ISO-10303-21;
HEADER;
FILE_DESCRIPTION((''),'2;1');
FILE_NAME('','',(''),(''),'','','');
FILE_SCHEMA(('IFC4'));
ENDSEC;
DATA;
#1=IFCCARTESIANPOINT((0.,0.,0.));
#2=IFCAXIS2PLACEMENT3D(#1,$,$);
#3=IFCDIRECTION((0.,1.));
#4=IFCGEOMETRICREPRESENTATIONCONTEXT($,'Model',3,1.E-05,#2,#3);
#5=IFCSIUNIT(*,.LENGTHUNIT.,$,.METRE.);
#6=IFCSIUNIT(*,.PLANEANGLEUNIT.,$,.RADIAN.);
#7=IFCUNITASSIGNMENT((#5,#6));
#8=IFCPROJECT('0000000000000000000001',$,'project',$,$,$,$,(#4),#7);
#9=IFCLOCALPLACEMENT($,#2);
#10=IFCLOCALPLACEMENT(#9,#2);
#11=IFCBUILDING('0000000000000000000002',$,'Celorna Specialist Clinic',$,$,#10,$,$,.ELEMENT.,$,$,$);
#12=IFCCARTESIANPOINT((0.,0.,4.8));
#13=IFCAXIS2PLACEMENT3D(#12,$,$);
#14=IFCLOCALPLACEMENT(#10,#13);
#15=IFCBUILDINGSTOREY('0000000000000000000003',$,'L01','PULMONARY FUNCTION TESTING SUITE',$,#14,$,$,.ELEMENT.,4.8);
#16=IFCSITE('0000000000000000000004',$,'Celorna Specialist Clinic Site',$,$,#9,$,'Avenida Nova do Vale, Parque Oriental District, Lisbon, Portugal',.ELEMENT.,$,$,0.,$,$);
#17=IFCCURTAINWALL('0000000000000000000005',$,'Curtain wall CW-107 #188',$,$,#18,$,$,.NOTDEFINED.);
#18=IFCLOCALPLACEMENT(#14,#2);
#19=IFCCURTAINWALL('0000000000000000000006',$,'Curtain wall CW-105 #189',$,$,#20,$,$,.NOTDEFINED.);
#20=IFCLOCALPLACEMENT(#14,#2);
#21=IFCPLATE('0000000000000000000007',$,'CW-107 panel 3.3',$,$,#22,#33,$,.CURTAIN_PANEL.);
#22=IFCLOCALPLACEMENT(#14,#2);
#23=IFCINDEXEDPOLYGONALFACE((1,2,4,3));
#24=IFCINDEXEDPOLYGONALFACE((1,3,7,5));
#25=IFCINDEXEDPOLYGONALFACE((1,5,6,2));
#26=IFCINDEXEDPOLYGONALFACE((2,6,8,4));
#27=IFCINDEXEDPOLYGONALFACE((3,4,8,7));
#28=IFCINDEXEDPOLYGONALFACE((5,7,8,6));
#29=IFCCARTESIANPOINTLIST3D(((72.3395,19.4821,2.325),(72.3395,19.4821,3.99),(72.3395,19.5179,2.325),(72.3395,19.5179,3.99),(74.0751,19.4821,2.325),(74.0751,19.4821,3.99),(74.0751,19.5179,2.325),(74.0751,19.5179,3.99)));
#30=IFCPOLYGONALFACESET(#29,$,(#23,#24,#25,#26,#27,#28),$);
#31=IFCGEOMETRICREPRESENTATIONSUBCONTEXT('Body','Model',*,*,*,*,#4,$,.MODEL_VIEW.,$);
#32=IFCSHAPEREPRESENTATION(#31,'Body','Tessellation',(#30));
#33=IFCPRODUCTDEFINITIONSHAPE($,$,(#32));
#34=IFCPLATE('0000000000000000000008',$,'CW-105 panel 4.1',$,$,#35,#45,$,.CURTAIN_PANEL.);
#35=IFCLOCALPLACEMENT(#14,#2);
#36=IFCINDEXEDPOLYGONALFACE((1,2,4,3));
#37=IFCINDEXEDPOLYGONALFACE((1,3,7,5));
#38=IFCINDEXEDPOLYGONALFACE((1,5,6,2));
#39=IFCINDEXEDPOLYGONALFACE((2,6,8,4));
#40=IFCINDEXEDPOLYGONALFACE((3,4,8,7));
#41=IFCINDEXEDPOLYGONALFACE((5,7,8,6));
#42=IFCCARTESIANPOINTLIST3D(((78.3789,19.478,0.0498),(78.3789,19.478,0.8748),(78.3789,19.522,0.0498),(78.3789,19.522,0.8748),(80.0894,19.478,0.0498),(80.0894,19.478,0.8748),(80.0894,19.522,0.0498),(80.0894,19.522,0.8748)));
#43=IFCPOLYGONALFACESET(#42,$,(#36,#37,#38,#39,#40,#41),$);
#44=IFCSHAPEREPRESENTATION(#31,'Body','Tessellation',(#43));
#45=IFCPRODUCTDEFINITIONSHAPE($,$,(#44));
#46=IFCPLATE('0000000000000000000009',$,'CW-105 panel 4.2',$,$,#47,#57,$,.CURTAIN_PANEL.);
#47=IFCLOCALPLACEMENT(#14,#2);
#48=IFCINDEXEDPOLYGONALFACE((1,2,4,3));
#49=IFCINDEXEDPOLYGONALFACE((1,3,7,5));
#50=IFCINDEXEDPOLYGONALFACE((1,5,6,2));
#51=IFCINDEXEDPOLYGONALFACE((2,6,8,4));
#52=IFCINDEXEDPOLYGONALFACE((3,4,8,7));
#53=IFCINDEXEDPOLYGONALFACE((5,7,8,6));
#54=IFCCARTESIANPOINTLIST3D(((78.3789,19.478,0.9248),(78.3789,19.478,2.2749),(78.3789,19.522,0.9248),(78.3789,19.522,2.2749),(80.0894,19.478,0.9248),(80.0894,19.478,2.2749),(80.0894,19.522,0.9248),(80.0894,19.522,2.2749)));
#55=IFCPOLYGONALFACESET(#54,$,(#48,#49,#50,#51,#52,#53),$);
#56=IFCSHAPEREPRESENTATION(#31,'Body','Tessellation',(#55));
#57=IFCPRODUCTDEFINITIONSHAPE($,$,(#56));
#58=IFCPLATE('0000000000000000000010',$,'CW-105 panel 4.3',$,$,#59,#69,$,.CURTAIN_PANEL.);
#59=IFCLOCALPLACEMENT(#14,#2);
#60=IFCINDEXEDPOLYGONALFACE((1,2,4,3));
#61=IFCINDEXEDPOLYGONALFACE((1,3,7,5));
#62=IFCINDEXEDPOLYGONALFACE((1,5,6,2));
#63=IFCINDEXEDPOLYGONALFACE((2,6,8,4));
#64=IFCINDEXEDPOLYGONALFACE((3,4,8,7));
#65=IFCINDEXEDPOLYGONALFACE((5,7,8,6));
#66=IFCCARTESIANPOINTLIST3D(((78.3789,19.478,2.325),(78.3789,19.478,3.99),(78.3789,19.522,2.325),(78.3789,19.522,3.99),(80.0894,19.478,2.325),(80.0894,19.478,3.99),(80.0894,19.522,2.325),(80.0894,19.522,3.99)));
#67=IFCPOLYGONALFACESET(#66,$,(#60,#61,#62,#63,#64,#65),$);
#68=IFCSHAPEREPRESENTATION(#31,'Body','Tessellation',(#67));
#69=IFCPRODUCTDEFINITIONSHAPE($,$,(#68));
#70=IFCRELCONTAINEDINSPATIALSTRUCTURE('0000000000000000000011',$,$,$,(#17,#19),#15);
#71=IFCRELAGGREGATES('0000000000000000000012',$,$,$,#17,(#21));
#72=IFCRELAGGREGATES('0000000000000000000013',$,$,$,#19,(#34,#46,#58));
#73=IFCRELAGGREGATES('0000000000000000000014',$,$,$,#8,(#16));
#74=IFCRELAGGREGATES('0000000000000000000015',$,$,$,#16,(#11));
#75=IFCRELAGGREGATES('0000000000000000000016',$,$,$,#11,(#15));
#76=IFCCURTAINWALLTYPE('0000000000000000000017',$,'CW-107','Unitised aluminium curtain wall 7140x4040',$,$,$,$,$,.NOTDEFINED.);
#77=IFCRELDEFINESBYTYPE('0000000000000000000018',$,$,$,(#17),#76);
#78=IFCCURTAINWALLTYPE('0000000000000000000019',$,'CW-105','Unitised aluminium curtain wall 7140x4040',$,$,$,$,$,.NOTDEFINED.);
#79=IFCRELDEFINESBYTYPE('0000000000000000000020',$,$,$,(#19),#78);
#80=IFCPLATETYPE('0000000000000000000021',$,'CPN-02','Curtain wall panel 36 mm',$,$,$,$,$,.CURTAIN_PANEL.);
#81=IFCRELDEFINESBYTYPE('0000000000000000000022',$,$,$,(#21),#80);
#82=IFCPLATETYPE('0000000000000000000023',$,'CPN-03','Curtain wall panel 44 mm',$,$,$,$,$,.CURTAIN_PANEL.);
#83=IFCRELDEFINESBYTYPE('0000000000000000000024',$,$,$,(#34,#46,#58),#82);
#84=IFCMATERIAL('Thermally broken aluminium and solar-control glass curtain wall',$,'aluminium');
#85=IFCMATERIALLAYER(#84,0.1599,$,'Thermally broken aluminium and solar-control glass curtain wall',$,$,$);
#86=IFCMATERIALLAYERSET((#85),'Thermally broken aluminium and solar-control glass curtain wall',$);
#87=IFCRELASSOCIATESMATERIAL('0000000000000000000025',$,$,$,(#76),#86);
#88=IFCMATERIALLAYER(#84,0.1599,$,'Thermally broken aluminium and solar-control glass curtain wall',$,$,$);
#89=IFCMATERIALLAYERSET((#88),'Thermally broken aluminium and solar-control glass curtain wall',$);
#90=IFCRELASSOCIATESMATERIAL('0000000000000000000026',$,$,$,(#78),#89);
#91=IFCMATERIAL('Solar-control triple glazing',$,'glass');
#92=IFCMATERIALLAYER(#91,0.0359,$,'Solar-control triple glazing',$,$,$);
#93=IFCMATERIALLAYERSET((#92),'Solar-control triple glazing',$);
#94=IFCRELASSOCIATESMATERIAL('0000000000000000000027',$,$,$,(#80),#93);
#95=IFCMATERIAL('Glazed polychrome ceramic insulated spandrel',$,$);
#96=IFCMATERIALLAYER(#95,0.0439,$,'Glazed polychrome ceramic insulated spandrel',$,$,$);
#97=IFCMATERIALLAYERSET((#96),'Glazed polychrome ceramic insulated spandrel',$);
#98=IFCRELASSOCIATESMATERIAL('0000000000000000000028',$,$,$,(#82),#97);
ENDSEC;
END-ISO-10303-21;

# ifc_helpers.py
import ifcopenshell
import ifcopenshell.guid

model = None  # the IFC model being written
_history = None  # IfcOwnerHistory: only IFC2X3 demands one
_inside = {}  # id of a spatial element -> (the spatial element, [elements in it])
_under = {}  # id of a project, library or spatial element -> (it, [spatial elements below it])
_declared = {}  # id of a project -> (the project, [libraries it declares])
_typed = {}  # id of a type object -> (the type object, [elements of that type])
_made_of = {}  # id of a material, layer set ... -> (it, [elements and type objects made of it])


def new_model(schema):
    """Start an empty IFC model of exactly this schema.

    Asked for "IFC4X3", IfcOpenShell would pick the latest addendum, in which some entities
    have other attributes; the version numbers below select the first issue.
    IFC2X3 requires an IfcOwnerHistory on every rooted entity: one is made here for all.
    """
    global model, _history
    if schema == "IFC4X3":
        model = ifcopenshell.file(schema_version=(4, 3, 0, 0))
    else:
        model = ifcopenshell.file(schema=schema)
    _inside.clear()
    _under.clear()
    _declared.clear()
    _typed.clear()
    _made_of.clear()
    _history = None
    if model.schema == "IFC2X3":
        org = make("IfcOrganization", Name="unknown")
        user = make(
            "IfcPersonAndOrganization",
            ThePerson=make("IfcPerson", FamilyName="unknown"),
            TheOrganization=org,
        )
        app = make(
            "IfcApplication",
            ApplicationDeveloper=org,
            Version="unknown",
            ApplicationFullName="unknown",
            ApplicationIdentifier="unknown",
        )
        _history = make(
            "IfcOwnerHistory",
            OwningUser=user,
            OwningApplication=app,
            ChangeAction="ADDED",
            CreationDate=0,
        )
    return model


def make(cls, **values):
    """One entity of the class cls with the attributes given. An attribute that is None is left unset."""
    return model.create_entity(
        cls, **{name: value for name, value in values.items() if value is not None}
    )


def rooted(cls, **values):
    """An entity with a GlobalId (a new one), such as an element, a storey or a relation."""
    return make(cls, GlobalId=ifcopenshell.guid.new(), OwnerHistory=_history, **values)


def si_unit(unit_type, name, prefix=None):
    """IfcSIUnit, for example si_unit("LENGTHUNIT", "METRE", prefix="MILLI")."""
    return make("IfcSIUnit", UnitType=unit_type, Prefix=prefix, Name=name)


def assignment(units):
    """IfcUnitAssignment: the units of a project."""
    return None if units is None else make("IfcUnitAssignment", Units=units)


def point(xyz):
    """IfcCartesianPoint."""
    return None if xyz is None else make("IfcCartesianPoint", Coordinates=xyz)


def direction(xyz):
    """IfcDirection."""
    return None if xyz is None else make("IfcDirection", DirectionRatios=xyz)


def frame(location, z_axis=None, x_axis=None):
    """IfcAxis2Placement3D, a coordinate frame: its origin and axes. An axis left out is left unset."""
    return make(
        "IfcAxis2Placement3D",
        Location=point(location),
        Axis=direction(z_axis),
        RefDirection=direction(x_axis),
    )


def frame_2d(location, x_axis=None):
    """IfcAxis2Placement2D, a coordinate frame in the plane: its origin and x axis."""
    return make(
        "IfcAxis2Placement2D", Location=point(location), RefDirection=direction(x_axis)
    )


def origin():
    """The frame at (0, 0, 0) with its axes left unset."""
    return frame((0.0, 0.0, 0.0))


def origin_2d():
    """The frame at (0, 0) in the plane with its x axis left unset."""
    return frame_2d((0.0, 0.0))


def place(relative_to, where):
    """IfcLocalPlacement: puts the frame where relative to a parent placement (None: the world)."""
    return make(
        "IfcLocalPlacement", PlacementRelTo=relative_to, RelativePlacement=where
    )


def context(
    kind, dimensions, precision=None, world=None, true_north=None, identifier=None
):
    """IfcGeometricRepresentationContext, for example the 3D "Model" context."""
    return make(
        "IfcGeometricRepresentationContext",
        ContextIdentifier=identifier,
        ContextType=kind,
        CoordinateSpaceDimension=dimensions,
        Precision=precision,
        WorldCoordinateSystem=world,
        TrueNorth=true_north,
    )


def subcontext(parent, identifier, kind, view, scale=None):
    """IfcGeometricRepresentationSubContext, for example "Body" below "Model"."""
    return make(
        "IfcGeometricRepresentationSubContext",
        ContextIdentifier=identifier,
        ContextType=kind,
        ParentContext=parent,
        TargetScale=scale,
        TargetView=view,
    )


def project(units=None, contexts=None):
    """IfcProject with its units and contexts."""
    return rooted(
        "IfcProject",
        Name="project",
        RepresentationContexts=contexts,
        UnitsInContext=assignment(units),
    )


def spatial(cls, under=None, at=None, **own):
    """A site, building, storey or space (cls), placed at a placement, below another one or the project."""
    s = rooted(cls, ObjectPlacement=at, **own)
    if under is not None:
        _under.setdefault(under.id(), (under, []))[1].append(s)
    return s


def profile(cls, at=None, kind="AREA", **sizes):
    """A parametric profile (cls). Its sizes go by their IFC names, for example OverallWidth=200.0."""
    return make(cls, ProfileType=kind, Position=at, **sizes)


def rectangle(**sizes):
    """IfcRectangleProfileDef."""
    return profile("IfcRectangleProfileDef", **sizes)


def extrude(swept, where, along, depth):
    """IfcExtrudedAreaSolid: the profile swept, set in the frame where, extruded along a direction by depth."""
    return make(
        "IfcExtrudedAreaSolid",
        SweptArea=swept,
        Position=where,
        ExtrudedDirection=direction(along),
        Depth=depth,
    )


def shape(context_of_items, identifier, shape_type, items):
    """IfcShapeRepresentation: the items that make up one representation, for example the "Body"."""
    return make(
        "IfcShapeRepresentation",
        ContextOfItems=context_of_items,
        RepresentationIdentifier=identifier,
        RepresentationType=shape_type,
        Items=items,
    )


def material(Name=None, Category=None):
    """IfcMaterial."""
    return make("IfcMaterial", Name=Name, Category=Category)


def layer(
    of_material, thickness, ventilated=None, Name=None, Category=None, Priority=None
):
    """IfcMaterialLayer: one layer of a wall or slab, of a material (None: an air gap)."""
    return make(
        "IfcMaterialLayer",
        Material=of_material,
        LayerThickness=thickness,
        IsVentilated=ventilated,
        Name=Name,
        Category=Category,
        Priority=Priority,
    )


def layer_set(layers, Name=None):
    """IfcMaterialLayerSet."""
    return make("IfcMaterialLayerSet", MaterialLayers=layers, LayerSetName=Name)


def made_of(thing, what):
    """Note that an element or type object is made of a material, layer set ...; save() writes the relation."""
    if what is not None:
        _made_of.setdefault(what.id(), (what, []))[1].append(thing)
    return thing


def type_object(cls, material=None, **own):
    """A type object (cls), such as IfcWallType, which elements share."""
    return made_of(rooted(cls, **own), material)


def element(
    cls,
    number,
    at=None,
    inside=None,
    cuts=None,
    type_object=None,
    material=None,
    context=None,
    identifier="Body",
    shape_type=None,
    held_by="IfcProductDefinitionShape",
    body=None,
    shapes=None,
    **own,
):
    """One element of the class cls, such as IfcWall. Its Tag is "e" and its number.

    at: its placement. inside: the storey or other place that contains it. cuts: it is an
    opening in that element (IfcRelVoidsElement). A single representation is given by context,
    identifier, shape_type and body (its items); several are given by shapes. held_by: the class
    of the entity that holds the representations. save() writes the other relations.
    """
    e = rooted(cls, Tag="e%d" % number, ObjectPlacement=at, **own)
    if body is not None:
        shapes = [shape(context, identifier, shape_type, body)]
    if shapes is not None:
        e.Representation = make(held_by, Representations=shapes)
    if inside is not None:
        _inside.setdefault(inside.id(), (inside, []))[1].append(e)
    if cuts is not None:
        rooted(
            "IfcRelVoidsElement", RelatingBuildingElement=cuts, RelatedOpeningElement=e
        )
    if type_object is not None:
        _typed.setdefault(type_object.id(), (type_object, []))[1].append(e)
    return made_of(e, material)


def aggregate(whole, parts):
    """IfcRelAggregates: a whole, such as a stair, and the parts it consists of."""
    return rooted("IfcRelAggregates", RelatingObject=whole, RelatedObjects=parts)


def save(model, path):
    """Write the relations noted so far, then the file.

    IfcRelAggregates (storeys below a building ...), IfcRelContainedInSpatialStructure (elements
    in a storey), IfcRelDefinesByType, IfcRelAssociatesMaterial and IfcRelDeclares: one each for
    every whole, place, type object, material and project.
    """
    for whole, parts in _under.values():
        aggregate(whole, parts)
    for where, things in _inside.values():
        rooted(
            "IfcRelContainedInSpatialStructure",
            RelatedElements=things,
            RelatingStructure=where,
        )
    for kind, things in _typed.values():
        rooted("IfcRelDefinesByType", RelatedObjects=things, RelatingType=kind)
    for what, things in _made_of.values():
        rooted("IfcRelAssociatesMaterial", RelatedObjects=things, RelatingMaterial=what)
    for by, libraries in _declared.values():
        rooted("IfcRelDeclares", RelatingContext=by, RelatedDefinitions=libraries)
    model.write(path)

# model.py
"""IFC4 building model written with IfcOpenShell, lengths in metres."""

from ifc_helpers import new_model, si_unit, direction, frame, origin, origin_2d, place, context, subcontext, project, spatial, rectangle, extrude, material, layer, layer_set, type_object, element, aggregate, save


model = new_model("IFC4")

# Units and contexts
model_context = context("Model", 3, precision=1e-05, world=origin(), true_north=direction((0.0, 1.0)))
body_context = subcontext(model_context, "Body", "Model", "MODEL_VIEW")
ifc_project = project(units=[si_unit("LENGTHUNIT", "METRE"), si_unit("PLANEANGLEUNIT", "RADIAN")], contexts=[model_context])

# Site, building, storey
site_placement = place(None, origin())
site = spatial("IfcSite", under=ifc_project, at=site_placement, Name="Celorna Specialist Clinic Site", LongName="Avenida Nova do Vale, Parque Oriental District, Lisbon, Portugal", CompositionType="ELEMENT", RefElevation=0.0)
building_placement = place(site_placement, origin())
building = spatial("IfcBuilding", under=site, at=building_placement, Name="Celorna Specialist Clinic", CompositionType="ELEMENT")
storey_placement = place(building_placement, frame((0.0, 0.0, 4.8)))
storey = spatial("IfcBuildingStorey", under=building, at=storey_placement, Name="L01", Description="PULMONARY FUNCTION TESTING SUITE", CompositionType="ELEMENT", Elevation=4.8)

# Curtain wall
ifc_material_1 = material(Name="Thermally broken aluminium and solar-control glass curtain wall", Category="aluminium")
ifc_layer_1 = layer(ifc_material_1, 0.1599, Name="Thermally broken aluminium and solar-control glass curtain wall")
ifc_layer_set_1 = layer_set([ifc_layer_1], Name="Thermally broken aluminium and solar-control glass curtain wall")
curtain_wall_type_1 = type_object("IfcCurtainWallType", Name="CW-107", Description="Unitised aluminium curtain wall 7140x4040", PredefinedType="NOTDEFINED", material=ifc_layer_set_1)
curtain_wall_1_placement = place(storey_placement, origin())
curtain_wall_1 = element("IfcCurtainWall", 1, at=curtain_wall_1_placement, inside=storey, type_object=curtain_wall_type_1, Name="Curtain wall CW-107 #188", PredefinedType="NOTDEFINED")

# Curtain wall
ifc_layer_2 = layer(ifc_material_1, 0.1599, Name="Thermally broken aluminium and solar-control glass curtain wall")
ifc_layer_set_2 = layer_set([ifc_layer_2], Name="Thermally broken aluminium and solar-control glass curtain wall")
curtain_wall_type_2 = type_object("IfcCurtainWallType", Name="CW-105", Description="Unitised aluminium curtain wall 7140x4040", PredefinedType="NOTDEFINED", material=ifc_layer_set_2)
curtain_wall_2_placement = place(storey_placement, origin())
curtain_wall_2 = element("IfcCurtainWall", 2, at=curtain_wall_2_placement, inside=storey, type_object=curtain_wall_type_2, Name="Curtain wall CW-105 #189", PredefinedType="NOTDEFINED")

# Plates
ifc_material_2 = material(Name="Solar-control triple glazing", Category="glass")
ifc_layer_3 = layer(ifc_material_2, 0.0359, Name="Solar-control triple glazing")
ifc_layer_set_3 = layer_set([ifc_layer_3], Name="Solar-control triple glazing")
plate_type_1 = type_object("IfcPlateType", Name="CPN-02", Description="Curtain wall panel 36 mm", PredefinedType="CURTAIN_PANEL", material=ifc_layer_set_3)
plate_1_placement = place(storey_placement, frame((73.2073, 19.5, 2.325), z_axis=(0.0, 0.0, 1.0), x_axis=(-1.0, 0.0, 0.0)))
plate_1 = element("IfcPlate", 3, at=plate_1_placement, type_object=plate_type_1, Name="CW-107 panel 3.3", PredefinedType="CURTAIN_PANEL", context=body_context, shape_type="SweptSolid", body=[
    extrude(rectangle(XDim=1.7356, YDim=0.0359, at=origin_2d()), origin(), (0.0, 0.0, 1.0), 1.665),
])
aggregate(curtain_wall_1, [plate_1])
ifc_material_3 = material(Name="Glazed polychrome ceramic insulated spandrel")
ifc_layer_4 = layer(ifc_material_3, 0.0439, Name="Glazed polychrome ceramic insulated spandrel")
ifc_layer_set_4 = layer_set([ifc_layer_4], Name="Glazed polychrome ceramic insulated spandrel")
plate_type_2 = type_object("IfcPlateType", Name="CPN-03", Description="Curtain wall panel 44 mm", PredefinedType="CURTAIN_PANEL", material=ifc_layer_set_4)
plate_2_placement = place(storey_placement, frame((79.2341, 19.5, 0.0498), z_axis=(0.0, 0.0, 1.0), x_axis=(-1.0, 0.0, 0.0)))
plate_2 = element("IfcPlate", 4, at=plate_2_placement, type_object=plate_type_2, Name="CW-105 panel 4.1", PredefinedType="CURTAIN_PANEL", context=body_context, shape_type="SweptSolid", body=[
    extrude(rectangle(XDim=1.7104, YDim=0.0439, at=origin_2d()), origin(), (0.0, 0.0, 1.0), 0.825),
])
plate_3_placement = place(storey_placement, frame((79.2341, 19.5, 0.9248), z_axis=(0.0, 0.0, 1.0), x_axis=(-1.0, 0.0, 0.0)))
plate_3 = element("IfcPlate", 5, at=plate_3_placement, type_object=plate_type_2, Name="CW-105 panel 4.2", PredefinedType="CURTAIN_PANEL", context=body_context, shape_type="SweptSolid", body=[
    extrude(rectangle(XDim=1.7104, YDim=0.0439, at=origin_2d()), origin(), (0.0, 0.0, 1.0), 1.3501),
])
plate_4_placement = place(storey_placement, frame((79.2341, 19.5, 2.325), z_axis=(0.0, 0.0, 1.0), x_axis=(-1.0, 0.0, 0.0)))
plate_4 = element("IfcPlate", 6, at=plate_4_placement, type_object=plate_type_2, Name="CW-105 panel 4.3", PredefinedType="CURTAIN_PANEL", context=body_context, shape_type="SweptSolid", body=[
    extrude(rectangle(XDim=1.7104, YDim=0.0439, at=origin_2d()), origin(), (0.0, 0.0, 1.0), 1.665),
])
aggregate(curtain_wall_2, [plate_2, plate_3, plate_4])

save(model, "model.ifc")
